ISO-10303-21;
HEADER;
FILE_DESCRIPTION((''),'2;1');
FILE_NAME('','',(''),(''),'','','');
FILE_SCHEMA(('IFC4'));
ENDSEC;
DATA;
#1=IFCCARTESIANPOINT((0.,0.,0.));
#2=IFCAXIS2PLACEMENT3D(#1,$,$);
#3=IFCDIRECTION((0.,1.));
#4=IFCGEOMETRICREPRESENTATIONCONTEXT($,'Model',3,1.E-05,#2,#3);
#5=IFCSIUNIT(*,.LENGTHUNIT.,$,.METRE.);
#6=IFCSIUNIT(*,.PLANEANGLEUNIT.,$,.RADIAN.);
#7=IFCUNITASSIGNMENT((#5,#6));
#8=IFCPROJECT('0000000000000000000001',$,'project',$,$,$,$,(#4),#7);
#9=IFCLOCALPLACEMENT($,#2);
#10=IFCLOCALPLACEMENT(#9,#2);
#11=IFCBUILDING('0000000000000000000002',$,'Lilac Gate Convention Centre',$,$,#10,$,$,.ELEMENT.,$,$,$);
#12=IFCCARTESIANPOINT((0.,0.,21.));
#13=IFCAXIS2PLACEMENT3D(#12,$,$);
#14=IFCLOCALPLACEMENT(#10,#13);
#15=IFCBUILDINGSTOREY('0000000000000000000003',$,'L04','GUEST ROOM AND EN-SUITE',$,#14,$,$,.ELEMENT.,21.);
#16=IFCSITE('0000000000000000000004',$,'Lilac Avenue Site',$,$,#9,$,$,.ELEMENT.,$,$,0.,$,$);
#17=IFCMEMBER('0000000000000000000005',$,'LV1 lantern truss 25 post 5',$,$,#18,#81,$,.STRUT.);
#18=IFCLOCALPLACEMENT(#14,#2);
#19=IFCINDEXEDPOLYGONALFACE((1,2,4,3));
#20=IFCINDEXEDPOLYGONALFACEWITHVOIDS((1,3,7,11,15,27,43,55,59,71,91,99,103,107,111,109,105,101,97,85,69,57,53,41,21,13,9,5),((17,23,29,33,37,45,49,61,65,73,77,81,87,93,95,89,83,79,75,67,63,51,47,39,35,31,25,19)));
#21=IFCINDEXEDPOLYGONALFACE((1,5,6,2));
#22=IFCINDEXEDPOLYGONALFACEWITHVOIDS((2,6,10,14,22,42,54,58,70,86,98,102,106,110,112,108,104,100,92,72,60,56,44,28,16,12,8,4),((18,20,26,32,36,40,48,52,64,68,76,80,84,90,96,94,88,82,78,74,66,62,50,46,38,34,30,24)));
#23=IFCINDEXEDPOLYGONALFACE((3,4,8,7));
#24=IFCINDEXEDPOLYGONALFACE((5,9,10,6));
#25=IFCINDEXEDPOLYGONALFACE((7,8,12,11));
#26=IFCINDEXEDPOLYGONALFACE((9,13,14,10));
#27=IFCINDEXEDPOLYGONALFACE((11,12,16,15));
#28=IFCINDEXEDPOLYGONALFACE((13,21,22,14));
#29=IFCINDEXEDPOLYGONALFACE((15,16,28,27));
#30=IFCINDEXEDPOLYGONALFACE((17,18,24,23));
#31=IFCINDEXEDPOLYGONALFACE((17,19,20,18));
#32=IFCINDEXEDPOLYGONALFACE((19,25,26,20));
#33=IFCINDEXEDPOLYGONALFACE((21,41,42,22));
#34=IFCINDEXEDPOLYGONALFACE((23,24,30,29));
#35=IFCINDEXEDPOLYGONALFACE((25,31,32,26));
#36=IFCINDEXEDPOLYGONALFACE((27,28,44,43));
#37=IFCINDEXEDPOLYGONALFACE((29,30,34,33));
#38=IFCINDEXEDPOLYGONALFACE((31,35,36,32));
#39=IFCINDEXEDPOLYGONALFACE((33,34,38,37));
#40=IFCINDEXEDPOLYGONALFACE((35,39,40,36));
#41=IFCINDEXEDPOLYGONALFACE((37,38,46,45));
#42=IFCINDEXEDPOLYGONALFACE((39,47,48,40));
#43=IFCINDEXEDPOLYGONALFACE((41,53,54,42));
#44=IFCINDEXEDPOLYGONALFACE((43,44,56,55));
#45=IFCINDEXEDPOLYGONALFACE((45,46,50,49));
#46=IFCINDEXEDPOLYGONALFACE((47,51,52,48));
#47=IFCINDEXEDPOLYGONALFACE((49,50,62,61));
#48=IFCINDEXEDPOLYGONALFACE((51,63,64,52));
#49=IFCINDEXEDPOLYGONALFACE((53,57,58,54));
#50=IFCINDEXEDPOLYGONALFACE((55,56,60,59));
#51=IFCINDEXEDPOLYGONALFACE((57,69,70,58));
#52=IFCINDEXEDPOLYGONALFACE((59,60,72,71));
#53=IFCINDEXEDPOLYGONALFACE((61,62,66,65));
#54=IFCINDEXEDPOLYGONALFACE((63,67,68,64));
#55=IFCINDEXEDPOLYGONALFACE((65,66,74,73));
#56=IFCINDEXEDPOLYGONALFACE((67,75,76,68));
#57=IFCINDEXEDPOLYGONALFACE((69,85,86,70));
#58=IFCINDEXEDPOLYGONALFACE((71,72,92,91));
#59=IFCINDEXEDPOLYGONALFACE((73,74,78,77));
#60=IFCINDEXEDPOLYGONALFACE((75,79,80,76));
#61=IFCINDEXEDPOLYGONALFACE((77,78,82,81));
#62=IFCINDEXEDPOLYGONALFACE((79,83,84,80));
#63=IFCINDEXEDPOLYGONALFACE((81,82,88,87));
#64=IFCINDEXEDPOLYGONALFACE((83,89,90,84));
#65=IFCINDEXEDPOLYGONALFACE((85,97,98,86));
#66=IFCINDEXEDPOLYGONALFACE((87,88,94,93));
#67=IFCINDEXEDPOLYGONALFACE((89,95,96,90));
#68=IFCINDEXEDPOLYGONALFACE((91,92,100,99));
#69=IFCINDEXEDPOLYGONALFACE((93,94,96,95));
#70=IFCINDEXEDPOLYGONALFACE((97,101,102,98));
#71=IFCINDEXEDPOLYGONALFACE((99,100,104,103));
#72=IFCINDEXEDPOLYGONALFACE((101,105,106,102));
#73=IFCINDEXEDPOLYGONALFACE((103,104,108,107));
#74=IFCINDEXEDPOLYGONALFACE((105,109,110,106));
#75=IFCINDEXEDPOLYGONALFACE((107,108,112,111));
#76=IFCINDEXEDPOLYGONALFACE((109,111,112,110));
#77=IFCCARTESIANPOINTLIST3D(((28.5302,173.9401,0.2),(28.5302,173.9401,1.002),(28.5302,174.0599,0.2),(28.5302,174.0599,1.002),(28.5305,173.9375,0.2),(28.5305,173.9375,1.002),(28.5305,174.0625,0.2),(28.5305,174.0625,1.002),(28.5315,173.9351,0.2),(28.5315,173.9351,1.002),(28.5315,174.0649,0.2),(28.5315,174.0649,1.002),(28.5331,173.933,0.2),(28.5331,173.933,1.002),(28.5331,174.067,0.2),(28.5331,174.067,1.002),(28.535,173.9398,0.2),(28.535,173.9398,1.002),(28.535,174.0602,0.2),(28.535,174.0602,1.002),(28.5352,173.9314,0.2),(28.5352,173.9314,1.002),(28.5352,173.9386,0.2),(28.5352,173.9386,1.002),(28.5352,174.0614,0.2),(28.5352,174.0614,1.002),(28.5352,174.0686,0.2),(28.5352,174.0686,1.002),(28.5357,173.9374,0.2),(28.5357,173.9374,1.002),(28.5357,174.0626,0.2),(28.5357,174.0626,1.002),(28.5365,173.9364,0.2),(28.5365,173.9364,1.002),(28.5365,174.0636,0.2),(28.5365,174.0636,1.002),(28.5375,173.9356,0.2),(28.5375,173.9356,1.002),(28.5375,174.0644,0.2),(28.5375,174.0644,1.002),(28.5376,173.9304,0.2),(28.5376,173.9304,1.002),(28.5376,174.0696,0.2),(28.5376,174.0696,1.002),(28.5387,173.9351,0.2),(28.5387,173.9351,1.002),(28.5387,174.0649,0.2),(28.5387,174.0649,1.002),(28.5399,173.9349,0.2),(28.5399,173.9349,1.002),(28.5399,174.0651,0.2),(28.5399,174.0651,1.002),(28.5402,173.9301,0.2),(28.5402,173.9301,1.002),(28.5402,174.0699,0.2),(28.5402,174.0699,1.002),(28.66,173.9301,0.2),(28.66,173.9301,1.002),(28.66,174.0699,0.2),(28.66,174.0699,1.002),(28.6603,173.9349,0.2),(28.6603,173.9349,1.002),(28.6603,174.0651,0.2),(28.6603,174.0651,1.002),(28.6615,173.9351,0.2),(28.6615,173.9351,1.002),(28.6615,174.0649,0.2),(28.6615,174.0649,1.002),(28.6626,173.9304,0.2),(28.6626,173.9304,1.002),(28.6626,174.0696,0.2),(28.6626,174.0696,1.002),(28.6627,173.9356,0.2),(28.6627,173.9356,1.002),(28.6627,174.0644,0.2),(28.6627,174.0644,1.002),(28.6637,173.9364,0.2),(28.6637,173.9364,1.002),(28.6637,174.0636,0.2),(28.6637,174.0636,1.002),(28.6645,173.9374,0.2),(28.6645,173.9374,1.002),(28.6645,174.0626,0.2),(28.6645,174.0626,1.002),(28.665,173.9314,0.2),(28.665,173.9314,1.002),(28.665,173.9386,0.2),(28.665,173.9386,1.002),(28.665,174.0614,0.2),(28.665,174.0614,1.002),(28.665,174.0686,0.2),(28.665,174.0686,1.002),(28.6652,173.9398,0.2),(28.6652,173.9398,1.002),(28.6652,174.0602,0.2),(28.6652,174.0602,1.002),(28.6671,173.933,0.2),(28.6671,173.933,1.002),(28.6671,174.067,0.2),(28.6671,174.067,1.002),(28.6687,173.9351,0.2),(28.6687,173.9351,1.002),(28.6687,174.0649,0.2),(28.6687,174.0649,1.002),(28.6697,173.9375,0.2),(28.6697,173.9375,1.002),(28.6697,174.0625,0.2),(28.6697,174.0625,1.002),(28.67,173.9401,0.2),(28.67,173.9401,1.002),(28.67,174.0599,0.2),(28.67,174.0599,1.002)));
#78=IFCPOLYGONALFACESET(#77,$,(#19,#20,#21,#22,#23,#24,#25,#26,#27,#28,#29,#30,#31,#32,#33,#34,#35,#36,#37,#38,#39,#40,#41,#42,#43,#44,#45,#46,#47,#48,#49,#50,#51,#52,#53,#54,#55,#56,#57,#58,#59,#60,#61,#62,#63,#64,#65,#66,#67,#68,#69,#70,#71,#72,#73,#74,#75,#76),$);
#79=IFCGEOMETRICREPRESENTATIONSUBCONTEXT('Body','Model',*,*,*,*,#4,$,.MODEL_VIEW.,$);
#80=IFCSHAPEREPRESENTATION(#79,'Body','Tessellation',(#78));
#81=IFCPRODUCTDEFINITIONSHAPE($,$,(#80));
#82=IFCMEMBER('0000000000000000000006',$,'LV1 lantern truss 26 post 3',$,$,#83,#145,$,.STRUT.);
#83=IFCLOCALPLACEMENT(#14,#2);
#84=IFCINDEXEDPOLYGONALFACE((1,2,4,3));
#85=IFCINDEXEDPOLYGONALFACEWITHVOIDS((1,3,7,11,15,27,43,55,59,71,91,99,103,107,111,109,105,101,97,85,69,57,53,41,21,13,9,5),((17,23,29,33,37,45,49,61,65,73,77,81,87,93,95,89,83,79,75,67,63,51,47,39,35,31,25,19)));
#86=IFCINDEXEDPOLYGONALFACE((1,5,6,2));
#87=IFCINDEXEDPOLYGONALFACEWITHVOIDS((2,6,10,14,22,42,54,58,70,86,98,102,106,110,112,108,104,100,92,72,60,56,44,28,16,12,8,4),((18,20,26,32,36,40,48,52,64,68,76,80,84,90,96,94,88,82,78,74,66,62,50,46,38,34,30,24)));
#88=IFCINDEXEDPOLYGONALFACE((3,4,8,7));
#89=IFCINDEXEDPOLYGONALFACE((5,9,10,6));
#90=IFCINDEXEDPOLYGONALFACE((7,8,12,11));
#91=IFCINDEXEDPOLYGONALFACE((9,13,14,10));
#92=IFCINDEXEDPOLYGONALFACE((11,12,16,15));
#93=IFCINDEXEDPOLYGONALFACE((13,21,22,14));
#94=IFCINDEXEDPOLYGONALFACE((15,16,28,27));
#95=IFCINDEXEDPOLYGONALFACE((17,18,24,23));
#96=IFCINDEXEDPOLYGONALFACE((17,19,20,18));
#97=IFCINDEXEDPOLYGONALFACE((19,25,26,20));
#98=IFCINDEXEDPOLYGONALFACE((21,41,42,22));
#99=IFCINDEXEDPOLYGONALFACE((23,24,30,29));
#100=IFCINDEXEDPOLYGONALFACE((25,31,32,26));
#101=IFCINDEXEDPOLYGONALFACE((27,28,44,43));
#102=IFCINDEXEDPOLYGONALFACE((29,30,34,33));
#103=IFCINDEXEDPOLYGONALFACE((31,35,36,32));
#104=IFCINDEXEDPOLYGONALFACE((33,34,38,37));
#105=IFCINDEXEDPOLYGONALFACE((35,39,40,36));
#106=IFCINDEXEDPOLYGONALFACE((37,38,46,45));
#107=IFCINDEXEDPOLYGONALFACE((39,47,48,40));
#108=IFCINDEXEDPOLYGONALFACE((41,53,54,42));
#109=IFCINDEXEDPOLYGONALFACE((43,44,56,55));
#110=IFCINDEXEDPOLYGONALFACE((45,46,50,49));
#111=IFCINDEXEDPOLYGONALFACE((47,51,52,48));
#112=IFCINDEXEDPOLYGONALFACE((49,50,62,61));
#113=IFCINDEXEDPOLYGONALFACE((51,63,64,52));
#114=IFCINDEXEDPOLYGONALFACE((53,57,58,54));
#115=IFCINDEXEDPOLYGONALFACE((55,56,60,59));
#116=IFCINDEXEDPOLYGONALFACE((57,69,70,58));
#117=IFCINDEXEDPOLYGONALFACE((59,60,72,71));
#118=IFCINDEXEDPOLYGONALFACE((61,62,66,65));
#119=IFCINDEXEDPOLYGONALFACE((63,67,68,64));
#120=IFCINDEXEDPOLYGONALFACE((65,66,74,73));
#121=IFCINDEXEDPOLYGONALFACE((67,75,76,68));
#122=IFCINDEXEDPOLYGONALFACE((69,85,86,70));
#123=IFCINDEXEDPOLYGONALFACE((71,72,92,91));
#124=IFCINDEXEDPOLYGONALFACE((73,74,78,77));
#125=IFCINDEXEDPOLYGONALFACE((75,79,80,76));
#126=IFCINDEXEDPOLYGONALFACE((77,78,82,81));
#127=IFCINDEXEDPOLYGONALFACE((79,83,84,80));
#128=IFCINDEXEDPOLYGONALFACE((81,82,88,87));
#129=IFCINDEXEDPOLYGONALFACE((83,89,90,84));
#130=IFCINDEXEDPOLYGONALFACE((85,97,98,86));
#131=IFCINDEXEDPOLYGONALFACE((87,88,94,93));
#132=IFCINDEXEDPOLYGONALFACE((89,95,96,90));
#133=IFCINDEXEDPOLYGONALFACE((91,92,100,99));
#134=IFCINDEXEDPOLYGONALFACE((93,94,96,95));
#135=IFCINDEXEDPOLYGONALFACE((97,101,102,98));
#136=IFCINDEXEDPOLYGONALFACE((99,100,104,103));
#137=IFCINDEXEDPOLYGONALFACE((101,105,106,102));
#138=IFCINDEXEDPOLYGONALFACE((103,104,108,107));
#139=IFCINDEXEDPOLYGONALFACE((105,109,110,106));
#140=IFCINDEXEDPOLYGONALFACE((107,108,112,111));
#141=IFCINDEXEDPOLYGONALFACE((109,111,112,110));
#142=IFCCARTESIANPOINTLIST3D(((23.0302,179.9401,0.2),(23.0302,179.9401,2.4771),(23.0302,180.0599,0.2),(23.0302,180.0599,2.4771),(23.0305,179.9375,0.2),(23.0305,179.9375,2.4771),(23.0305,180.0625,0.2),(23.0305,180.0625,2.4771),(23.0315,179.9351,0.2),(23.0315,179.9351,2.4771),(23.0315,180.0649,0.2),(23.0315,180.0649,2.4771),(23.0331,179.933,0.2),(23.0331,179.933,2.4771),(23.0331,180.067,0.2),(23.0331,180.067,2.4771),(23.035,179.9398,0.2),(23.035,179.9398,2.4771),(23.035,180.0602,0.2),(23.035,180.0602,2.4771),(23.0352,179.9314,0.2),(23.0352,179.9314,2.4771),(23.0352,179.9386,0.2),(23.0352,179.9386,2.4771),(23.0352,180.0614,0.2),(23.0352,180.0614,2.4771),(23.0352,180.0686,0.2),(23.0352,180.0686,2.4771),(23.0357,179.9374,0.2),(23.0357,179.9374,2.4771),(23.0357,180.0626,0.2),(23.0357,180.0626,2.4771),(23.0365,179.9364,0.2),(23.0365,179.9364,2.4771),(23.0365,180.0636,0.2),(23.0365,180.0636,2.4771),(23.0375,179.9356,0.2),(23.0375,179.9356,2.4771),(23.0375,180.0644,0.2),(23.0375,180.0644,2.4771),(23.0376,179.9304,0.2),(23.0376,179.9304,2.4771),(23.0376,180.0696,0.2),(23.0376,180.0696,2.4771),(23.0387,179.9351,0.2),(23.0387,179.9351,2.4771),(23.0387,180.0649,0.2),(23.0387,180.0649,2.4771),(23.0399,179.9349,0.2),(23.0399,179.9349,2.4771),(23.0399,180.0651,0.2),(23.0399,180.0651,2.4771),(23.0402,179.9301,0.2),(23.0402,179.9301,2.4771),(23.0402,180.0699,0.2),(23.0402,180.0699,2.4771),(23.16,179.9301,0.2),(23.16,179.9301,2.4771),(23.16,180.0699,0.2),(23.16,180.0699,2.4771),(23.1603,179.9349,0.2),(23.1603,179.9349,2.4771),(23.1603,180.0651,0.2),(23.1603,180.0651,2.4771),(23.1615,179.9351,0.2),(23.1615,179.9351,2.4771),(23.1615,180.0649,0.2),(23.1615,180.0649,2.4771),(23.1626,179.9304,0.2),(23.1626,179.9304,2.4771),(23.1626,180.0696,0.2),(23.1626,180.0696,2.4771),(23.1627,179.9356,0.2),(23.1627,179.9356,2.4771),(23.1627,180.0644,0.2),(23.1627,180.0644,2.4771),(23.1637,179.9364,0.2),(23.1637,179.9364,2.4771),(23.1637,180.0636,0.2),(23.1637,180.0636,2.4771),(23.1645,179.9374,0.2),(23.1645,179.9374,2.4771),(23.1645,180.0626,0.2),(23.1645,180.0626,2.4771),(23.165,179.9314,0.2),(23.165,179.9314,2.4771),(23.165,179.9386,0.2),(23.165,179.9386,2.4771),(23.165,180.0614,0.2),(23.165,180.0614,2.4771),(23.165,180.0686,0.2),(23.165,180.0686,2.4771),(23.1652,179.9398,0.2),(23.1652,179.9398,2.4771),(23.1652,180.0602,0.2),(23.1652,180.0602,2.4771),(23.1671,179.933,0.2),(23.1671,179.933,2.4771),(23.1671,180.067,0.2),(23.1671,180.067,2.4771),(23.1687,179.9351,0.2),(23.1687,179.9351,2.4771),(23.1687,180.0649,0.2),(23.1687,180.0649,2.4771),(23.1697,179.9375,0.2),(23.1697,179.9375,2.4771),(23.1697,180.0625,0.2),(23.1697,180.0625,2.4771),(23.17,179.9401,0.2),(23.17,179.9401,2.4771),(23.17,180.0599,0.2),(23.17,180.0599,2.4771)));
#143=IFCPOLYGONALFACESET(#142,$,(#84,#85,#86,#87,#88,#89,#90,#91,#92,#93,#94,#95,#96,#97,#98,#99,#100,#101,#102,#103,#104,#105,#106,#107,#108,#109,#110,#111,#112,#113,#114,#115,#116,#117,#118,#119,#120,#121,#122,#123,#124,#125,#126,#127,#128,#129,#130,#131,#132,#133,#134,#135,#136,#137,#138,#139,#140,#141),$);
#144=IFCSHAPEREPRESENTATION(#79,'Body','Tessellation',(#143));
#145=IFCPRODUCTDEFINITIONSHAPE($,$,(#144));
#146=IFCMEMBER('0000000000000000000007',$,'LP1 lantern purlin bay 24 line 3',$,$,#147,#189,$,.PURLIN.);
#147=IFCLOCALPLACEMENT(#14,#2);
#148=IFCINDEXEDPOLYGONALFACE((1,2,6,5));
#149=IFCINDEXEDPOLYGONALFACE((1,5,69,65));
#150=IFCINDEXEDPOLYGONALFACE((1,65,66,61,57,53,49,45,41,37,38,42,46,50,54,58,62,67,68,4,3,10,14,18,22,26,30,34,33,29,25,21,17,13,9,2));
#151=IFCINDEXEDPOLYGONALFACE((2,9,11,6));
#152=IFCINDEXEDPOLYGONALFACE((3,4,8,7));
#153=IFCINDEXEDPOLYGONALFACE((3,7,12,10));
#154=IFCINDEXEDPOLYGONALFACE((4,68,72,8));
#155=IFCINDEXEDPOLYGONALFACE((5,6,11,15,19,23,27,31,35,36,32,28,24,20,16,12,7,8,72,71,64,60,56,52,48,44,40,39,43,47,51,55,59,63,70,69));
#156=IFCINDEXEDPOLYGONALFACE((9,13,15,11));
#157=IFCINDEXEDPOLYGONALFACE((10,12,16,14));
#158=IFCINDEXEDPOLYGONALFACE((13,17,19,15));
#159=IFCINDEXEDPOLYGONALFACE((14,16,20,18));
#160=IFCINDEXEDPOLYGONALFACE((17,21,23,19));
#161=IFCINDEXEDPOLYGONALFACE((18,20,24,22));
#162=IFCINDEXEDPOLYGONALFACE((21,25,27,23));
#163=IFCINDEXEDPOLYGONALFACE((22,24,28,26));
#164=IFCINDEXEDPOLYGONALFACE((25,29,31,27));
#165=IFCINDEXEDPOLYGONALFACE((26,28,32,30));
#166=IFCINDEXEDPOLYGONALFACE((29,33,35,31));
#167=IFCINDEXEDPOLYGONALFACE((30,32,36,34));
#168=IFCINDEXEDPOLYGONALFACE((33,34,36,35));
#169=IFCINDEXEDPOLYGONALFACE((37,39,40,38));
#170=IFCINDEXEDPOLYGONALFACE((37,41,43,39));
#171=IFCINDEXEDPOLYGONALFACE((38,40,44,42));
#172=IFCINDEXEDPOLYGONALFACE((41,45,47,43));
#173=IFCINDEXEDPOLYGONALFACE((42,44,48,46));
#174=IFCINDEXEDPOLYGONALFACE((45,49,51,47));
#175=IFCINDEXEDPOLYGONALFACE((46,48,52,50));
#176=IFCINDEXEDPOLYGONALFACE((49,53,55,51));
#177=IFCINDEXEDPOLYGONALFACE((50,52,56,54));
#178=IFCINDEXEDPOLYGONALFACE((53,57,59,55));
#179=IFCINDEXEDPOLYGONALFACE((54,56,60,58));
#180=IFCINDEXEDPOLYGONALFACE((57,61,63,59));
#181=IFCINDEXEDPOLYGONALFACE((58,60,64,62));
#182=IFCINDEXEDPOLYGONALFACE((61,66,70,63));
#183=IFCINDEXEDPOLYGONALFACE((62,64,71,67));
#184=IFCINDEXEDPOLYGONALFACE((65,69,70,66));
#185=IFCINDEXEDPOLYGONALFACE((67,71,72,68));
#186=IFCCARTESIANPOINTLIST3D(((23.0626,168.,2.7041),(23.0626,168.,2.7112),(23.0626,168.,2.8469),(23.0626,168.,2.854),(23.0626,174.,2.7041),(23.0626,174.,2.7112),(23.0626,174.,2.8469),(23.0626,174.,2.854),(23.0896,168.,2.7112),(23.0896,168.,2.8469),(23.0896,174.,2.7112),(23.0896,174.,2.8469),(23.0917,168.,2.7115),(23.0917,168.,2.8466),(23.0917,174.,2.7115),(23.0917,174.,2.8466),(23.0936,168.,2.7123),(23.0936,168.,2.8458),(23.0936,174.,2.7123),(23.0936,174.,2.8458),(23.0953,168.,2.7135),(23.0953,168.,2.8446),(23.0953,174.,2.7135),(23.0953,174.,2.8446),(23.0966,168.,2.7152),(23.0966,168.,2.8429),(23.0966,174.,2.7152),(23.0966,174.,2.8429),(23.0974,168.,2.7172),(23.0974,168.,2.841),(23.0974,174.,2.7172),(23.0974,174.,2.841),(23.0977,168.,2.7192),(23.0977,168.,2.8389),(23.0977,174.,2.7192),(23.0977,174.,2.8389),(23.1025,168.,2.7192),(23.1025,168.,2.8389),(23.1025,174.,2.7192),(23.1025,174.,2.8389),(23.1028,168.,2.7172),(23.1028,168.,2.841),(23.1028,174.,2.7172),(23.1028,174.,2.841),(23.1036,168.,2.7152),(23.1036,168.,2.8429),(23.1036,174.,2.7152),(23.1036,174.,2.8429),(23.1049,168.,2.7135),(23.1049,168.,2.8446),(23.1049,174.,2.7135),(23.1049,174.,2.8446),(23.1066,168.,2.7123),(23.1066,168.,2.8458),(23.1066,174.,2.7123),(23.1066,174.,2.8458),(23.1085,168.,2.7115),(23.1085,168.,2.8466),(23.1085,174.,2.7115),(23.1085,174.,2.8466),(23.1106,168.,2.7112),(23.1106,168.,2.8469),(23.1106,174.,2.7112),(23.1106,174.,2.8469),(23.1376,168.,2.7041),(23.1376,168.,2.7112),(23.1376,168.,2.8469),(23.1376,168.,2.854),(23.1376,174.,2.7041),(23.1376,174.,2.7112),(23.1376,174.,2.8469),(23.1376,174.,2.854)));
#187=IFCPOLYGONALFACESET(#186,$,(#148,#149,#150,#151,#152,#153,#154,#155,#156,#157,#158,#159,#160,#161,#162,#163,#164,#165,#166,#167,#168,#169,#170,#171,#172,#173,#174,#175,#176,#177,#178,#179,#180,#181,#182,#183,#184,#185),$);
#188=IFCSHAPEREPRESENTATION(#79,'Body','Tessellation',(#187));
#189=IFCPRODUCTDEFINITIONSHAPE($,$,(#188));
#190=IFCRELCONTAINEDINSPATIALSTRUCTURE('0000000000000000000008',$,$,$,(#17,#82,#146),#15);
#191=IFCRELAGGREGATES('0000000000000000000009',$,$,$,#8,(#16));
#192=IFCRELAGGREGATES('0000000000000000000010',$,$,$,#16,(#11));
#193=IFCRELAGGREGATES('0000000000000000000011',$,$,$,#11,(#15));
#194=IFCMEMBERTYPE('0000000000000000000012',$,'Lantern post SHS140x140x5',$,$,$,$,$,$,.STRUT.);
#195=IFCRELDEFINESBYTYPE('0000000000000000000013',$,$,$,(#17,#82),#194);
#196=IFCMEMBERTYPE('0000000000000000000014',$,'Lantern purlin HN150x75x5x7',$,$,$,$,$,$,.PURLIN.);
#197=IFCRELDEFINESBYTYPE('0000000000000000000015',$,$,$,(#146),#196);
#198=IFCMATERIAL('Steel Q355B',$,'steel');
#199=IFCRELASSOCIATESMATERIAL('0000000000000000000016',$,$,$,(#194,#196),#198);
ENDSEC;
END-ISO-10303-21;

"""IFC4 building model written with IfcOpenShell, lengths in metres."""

from ifc_helpers import new_model, si_unit, direction, frame, origin, origin_2d, place, context, subcontext, project, spatial, hollow_rectangle, i_section, extrude, material, material_profile, profile_set, type_object, element, save


model = new_model("IFC4")

# Units and contexts
model_context = context("Model", 3, precision=1e-05, world=origin(), true_north=direction((0.0, 1.0)))
body_context = subcontext(model_context, "Body", "Model", "MODEL_VIEW")
ifc_project = project(units=[si_unit("LENGTHUNIT", "METRE"), si_unit("PLANEANGLEUNIT", "RADIAN")], contexts=[model_context])

# Site, building, storey
site_placement = place(None, origin())
site = spatial("IfcSite", under=ifc_project, at=site_placement, Name="Lilac Avenue Site", CompositionType="ELEMENT", RefElevation=0.0)
building_placement = place(site_placement, origin())
building = spatial("IfcBuilding", under=site, at=building_placement, Name="Lilac Gate Convention Centre", CompositionType="ELEMENT")
storey_placement = place(building_placement, frame((0.0, 0.0, 21.0)))
storey = spatial("IfcBuildingStorey", under=building, at=storey_placement, Name="L04", Description="GUEST ROOM AND EN-SUITE", CompositionType="ELEMENT", Elevation=21.0)

# Members
ifc_material_1 = material(Name="Steel Q355B", Category="steel")
ifc_material_profile_1 = material_profile(ifc_material_1, hollow_rectangle(XDim=0.1399, YDim=0.1399, WallThickness=0.0049, InnerFilletRadius=0.0049, OuterFilletRadius=0.01, at=origin_2d()), Name="SHS140x140x5")
ifc_profile_set_1 = profile_set([ifc_material_profile_1], Name="Steel Q355B")
member_type_1 = type_object("IfcMemberType", Name="Lantern post SHS140x140x5", PredefinedType="STRUT", material=ifc_profile_set_1)
member_1_placement = place(storey_placement, frame((28.6001, 174.0, 0.2), z_axis=(0.0, 0.0, 1.0), x_axis=(1.0, 0.0, 0.0)))
element("IfcMember", 1, at=member_1_placement, inside=storey, type_object=member_type_1, Name="LV1 lantern truss 25 post 5", PredefinedType="STRUT", context=body_context, shape_type="SweptSolid", body=[
    extrude(hollow_rectangle(XDim=0.1399, YDim=0.1399, WallThickness=0.0049, InnerFilletRadius=0.0049, OuterFilletRadius=0.01, at=origin_2d()), origin(), (0.0, 0.0, 1.0), 0.802),
])
member_2_placement = place(storey_placement, frame((23.1001, 180.0, 0.2), z_axis=(0.0, 0.0, 1.0), x_axis=(1.0, 0.0, 0.0)))
element("IfcMember", 2, at=member_2_placement, inside=storey, type_object=member_type_1, Name="LV1 lantern truss 26 post 3", PredefinedType="STRUT", context=body_context, shape_type="SweptSolid", body=[
    extrude(hollow_rectangle(XDim=0.1399, YDim=0.1399, WallThickness=0.0049, InnerFilletRadius=0.0049, OuterFilletRadius=0.01, at=origin_2d()), origin(), (0.0, 0.0, 1.0), 2.2771),
])
ifc_material_profile_2 = material_profile(ifc_material_1, i_section(OverallWidth=0.075, OverallDepth=0.1499, WebThickness=0.0049, FlangeThickness=0.0071, FilletRadius=0.0081, at=origin_2d()), Name="HN150x75x5x7")
ifc_profile_set_2 = profile_set([ifc_material_profile_2], Name="Steel Q355B")
member_type_2 = type_object("IfcMemberType", Name="Lantern purlin HN150x75x5x7", PredefinedType="PURLIN", material=ifc_profile_set_2)
for number, where, z_axis, x_axis, name in (
    (3, (23.1001, 168.0, 2.7791), (0.0, 1.0, 0.0), (-1.0, 0.0, 0.0), "LP1 lantern purlin bay 24 line 3"),
):
    element("IfcMember", number, at=place(storey_placement, frame(where, z_axis=z_axis, x_axis=x_axis)), inside=storey, type_object=member_type_2, Name=name, PredefinedType="PURLIN", context=body_context, shape_type="SweptSolid", body=[
        extrude(i_section(OverallWidth=0.075, OverallDepth=0.1499, WebThickness=0.0049, FlangeThickness=0.0071, FilletRadius=0.0081, at=origin_2d()), origin(), (0.0, 0.0, 1.0), 6.0),
    ])

save(model, "model.ifc")
